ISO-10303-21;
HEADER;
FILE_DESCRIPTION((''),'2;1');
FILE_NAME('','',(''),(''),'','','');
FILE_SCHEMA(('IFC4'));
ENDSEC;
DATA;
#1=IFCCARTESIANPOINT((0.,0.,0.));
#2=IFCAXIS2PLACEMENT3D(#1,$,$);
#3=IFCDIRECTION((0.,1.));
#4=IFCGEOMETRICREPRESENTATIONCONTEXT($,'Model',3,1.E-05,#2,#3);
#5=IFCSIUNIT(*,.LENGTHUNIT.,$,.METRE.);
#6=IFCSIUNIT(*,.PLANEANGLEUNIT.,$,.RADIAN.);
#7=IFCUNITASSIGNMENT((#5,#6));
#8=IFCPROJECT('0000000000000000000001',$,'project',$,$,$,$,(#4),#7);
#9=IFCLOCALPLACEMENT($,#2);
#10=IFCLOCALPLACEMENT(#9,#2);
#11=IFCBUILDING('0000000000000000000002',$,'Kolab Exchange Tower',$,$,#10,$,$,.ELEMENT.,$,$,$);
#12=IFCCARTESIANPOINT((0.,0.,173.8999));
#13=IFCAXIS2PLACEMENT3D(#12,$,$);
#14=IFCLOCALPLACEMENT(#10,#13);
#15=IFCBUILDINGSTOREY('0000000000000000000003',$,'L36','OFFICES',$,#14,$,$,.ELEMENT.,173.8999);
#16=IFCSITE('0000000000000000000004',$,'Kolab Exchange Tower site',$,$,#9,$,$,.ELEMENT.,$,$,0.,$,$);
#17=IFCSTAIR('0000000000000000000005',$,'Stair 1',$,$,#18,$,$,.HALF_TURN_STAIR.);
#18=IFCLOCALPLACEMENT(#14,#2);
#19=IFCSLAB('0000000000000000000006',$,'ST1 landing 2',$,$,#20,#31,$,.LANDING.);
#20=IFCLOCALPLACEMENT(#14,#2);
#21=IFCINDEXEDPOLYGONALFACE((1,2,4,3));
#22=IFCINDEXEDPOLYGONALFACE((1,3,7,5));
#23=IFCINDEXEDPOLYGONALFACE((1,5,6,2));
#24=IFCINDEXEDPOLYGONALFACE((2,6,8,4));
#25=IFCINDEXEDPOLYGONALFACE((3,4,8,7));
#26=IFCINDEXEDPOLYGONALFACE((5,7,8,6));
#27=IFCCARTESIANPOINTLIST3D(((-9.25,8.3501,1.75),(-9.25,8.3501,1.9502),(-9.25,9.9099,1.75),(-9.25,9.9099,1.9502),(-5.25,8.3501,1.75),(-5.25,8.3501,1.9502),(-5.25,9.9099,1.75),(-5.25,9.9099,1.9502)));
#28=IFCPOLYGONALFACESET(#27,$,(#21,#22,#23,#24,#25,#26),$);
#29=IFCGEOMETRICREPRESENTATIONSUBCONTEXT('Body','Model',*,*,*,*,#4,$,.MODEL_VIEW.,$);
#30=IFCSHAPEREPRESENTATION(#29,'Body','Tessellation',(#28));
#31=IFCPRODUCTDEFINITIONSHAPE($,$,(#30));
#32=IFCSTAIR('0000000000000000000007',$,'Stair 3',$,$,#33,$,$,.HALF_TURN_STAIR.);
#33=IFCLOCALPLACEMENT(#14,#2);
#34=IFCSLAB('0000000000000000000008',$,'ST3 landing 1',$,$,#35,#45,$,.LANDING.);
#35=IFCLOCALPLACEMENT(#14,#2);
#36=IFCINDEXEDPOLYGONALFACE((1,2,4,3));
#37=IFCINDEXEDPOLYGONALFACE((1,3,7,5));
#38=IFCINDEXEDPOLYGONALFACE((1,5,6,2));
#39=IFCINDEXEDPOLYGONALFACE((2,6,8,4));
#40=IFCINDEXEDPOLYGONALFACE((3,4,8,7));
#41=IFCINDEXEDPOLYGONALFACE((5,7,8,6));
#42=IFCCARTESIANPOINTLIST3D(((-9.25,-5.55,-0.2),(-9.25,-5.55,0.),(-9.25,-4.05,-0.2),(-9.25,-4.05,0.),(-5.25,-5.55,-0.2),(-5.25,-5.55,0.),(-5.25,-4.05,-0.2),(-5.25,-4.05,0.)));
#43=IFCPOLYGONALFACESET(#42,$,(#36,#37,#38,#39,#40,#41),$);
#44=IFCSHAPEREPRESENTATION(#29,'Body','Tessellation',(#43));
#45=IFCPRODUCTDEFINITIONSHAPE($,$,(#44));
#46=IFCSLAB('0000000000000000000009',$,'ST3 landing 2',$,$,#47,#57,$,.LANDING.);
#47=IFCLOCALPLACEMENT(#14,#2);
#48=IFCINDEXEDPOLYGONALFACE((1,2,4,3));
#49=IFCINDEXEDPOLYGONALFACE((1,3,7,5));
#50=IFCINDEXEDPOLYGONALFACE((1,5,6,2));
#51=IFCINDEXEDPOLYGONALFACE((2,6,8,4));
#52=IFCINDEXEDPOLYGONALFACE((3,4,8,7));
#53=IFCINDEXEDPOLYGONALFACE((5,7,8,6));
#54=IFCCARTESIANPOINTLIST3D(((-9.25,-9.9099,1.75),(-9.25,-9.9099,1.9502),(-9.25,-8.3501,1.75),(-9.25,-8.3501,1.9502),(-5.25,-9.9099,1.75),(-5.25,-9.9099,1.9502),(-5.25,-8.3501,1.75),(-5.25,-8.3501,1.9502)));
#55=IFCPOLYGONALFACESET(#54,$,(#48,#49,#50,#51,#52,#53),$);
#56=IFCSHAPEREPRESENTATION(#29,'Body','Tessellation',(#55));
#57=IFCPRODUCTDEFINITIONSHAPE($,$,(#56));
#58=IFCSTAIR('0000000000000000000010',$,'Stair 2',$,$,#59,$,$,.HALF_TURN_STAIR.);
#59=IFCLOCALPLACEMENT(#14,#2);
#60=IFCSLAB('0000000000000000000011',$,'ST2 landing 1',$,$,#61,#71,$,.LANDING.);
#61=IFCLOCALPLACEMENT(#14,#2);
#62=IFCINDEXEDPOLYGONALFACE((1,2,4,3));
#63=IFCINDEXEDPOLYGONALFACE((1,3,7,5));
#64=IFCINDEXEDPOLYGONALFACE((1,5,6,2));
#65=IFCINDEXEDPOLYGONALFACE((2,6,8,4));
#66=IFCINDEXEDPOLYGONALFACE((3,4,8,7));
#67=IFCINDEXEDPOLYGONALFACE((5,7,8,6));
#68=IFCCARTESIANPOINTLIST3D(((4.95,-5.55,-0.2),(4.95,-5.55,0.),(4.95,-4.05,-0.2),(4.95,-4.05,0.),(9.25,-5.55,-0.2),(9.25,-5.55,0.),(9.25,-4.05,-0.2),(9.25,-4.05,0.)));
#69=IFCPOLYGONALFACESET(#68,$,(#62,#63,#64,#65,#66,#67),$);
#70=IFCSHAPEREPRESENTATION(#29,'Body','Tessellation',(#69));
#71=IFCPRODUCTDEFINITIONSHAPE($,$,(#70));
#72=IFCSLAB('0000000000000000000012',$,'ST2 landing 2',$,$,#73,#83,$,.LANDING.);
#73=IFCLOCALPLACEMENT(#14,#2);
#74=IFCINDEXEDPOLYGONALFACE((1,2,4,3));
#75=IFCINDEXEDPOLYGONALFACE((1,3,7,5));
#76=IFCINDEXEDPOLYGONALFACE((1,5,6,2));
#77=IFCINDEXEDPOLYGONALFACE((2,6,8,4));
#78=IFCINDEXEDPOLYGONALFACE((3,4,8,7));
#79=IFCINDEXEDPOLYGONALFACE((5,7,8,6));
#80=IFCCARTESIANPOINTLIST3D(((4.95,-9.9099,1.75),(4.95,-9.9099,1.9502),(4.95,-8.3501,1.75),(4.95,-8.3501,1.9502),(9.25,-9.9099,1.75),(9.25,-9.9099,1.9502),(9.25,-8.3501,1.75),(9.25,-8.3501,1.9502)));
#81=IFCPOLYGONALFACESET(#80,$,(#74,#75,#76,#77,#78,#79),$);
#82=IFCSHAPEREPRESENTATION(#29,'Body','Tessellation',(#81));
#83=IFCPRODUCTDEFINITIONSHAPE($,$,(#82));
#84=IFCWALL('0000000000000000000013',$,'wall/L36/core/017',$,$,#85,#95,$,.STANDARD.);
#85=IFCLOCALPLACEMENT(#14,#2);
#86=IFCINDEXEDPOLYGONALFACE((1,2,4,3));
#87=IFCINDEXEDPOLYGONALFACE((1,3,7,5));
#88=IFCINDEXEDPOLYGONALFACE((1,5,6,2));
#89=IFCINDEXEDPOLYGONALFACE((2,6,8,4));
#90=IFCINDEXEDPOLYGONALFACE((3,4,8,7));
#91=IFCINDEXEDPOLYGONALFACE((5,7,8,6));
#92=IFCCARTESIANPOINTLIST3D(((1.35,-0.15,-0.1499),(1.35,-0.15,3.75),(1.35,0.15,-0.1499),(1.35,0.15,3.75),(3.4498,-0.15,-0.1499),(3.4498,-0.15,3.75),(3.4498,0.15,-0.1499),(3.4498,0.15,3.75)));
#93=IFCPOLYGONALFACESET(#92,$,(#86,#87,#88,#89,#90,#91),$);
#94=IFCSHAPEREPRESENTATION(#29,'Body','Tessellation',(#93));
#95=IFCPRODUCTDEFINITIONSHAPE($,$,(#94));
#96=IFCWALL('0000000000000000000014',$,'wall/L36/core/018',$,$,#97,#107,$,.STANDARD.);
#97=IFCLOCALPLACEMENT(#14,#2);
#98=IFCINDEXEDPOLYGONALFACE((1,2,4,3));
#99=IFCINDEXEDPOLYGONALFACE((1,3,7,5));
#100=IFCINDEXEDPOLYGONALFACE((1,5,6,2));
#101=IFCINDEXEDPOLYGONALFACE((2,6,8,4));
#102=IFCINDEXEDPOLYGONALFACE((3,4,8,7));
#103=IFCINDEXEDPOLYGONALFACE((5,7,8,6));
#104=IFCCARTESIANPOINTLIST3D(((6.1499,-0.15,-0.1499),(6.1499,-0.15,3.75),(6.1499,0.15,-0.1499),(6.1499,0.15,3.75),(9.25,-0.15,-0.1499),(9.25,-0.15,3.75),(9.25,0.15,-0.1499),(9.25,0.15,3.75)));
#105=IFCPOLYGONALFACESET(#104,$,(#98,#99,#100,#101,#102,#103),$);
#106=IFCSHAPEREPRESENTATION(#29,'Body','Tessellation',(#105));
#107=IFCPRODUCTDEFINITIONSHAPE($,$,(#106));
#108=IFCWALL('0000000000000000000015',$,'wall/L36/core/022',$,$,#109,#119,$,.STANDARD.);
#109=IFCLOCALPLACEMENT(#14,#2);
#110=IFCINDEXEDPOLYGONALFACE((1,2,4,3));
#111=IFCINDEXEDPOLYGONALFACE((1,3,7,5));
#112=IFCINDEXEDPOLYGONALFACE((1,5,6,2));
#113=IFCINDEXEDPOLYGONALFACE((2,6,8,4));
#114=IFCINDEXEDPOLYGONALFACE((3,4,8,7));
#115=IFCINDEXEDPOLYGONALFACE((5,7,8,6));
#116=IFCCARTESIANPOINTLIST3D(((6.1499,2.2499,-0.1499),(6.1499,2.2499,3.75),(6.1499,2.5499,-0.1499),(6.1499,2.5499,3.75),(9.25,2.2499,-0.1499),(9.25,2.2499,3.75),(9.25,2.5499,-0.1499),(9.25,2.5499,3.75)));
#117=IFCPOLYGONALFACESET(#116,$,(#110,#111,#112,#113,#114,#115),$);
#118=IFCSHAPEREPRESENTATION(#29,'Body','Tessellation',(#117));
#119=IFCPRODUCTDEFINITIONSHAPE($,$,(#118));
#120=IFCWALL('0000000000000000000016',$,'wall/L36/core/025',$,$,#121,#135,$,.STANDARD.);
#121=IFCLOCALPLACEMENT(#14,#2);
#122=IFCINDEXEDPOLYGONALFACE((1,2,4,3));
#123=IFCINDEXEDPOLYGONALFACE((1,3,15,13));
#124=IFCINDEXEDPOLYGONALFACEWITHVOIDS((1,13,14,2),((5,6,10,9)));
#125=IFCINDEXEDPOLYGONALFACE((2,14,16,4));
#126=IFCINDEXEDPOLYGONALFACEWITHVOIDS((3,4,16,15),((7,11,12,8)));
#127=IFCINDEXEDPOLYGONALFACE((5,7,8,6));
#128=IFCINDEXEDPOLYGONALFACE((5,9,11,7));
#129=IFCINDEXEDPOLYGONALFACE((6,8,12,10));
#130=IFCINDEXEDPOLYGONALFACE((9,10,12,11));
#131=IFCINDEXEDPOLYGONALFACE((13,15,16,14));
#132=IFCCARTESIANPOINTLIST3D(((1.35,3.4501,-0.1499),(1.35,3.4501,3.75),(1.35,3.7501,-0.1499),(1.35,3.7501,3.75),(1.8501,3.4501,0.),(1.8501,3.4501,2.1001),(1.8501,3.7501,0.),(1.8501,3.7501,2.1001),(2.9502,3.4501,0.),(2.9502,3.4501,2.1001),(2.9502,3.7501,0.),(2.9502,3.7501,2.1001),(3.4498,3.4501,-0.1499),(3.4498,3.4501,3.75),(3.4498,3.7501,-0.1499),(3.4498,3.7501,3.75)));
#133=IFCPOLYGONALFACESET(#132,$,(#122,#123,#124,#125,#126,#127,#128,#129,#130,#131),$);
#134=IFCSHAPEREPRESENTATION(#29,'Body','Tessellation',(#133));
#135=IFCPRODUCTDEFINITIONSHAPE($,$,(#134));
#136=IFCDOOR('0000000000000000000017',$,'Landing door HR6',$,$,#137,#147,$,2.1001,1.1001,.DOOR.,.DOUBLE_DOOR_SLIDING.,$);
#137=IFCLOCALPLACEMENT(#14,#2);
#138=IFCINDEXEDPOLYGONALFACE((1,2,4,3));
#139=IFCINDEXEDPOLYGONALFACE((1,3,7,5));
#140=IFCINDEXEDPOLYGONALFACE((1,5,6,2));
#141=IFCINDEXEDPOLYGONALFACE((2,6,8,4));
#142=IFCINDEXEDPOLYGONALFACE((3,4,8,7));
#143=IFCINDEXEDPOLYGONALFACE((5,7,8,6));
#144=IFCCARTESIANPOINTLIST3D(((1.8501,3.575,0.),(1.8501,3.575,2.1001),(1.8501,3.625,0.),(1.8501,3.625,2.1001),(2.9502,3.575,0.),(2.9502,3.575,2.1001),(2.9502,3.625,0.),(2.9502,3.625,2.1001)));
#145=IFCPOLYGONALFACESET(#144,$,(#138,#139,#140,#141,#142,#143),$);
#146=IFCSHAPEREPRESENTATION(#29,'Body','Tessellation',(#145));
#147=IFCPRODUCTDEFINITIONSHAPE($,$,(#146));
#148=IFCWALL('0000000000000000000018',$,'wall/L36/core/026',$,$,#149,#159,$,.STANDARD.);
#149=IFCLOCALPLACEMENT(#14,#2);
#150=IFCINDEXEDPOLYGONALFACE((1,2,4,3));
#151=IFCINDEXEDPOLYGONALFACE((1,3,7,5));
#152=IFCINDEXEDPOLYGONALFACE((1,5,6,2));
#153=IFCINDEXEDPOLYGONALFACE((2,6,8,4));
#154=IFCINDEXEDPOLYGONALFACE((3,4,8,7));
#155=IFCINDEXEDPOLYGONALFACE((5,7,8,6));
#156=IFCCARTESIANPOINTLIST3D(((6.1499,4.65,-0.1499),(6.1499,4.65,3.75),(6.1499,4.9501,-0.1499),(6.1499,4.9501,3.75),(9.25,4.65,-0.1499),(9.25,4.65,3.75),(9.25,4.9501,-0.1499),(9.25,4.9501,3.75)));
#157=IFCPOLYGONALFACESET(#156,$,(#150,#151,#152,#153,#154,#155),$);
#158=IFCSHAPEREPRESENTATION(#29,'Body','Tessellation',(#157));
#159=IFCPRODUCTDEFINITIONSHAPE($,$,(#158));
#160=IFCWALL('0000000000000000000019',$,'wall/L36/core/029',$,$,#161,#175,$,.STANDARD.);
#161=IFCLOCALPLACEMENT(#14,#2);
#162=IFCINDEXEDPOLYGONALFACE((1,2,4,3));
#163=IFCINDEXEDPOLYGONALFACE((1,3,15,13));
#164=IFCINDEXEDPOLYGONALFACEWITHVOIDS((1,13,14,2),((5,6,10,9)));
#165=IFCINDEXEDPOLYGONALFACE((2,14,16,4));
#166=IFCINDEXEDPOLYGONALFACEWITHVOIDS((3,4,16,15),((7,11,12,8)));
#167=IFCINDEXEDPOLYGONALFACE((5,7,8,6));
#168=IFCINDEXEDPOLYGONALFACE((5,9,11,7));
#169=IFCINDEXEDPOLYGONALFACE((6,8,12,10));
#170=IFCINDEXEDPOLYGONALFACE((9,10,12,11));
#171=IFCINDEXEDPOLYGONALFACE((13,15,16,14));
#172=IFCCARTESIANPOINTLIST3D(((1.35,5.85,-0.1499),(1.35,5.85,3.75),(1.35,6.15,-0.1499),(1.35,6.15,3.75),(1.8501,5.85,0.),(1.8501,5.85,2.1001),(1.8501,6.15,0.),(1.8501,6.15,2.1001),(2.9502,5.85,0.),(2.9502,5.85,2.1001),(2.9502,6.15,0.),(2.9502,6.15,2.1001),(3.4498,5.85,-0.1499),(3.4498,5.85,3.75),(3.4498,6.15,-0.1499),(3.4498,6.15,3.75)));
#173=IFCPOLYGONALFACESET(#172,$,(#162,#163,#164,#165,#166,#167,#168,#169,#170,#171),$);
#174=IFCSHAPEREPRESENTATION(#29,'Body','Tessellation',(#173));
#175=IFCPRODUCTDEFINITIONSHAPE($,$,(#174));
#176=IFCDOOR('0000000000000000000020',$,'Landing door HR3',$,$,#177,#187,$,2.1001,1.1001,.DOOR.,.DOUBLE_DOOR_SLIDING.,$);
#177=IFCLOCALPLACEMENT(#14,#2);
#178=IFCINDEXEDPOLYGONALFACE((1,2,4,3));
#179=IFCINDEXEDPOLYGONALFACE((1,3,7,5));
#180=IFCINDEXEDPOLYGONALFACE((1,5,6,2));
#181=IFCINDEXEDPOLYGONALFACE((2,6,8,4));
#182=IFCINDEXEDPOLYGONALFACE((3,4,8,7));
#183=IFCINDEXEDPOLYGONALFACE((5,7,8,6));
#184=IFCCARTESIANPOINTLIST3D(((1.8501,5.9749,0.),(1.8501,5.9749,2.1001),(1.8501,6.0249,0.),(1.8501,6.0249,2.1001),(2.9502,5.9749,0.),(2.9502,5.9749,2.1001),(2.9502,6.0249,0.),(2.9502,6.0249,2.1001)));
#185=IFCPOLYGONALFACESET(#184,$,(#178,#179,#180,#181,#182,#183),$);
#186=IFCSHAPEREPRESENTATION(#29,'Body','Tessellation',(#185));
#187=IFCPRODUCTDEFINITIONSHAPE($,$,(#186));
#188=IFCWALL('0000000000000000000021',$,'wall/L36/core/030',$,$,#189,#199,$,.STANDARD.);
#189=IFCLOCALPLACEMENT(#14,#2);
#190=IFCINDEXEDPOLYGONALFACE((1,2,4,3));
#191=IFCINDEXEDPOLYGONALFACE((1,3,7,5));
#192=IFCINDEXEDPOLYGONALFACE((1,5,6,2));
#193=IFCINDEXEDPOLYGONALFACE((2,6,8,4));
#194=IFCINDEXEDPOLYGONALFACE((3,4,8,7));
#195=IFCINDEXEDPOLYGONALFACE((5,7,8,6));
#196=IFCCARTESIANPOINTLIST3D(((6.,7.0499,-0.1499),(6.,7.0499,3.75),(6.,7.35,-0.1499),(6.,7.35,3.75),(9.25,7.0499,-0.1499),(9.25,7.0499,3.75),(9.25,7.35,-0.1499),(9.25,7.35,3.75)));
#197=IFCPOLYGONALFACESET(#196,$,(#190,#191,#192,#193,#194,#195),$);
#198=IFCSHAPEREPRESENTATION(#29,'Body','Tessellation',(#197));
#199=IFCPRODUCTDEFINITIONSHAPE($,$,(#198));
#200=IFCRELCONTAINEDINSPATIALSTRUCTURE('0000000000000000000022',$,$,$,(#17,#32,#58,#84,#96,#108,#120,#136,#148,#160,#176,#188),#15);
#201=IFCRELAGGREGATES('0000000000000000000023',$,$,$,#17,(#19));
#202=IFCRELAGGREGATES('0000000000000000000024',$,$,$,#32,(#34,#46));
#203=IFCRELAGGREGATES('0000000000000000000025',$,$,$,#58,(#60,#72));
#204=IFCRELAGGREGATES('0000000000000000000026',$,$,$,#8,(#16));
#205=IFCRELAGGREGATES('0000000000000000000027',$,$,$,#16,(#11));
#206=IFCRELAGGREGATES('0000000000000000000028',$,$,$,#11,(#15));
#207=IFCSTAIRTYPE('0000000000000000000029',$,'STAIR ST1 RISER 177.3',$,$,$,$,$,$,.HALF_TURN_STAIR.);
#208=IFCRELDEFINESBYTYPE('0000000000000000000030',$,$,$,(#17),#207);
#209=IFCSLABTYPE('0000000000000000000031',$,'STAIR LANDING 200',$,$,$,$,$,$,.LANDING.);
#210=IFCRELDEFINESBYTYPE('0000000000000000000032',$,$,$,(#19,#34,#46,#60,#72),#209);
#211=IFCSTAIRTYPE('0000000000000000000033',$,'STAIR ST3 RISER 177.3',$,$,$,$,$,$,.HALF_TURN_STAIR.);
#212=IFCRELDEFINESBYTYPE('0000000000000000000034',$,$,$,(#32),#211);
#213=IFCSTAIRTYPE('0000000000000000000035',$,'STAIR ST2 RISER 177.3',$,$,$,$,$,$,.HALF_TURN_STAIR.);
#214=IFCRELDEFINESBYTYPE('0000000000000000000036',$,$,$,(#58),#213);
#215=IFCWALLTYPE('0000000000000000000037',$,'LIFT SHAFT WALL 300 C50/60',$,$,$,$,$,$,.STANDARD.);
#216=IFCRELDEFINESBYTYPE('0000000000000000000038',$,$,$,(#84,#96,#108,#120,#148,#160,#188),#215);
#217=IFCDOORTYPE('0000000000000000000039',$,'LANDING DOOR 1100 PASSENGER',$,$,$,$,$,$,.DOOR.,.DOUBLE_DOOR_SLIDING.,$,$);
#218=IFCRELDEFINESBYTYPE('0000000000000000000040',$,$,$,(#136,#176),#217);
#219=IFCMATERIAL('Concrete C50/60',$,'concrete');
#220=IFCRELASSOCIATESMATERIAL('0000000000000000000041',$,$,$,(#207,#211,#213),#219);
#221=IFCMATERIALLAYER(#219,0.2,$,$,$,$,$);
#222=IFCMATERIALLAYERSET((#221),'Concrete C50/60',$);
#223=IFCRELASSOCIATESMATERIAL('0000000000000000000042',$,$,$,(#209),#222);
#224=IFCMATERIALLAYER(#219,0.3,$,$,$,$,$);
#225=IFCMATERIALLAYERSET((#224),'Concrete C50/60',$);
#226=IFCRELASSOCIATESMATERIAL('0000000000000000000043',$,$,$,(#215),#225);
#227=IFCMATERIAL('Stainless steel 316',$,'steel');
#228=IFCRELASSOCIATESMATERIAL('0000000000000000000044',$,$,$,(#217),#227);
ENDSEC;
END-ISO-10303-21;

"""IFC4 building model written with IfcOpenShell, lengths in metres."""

from ifc_helpers import new_model, si_unit, direction, frame, frame_2d, origin, place, context, subcontext, project, spatial, polyline, rectangle, outline, extrude, material, layer, layer_set, type_object, element, fill, aggregate, save


model = new_model("IFC4")

# Units and contexts
model_context = context("Model", 3, precision=1e-05, world=origin(), true_north=direction((0.0, 1.0)))
body_context = subcontext(model_context, "Body", "Model", "MODEL_VIEW")
ifc_project = project(units=[si_unit("LENGTHUNIT", "METRE"), si_unit("PLANEANGLEUNIT", "RADIAN")], contexts=[model_context])

# Site, building, storey
site_placement = place(None, origin())
site = spatial("IfcSite", under=ifc_project, at=site_placement, Name="Kolab Exchange Tower site", CompositionType="ELEMENT", RefElevation=0.0)
building_placement = place(site_placement, origin())
building = spatial("IfcBuilding", under=site, at=building_placement, Name="Kolab Exchange Tower", CompositionType="ELEMENT")
storey_placement = place(building_placement, frame((0.0, 0.0, 173.8999)))
storey = spatial("IfcBuildingStorey", under=building, at=storey_placement, Name="L36", Description="OFFICES", CompositionType="ELEMENT", Elevation=173.8999)

# Stairs, slabs
ifc_material_1 = material(Name="Concrete C50/60", Category="concrete")
stair_type_1 = type_object("IfcStairType", Name="STAIR ST1 RISER 177.3", PredefinedType="HALF_TURN_STAIR", material=ifc_material_1)
stair_1_placement = place(storey_placement, origin())
stair_1 = element("IfcStair", 1, at=stair_1_placement, inside=storey, type_object=stair_type_1, Name="Stair 1", PredefinedType="HALF_TURN_STAIR")
ifc_layer_1 = layer(ifc_material_1, 0.2)
ifc_layer_set_1 = layer_set([ifc_layer_1], Name="Concrete C50/60")
slab_type_1 = type_object("IfcSlabType", Name="STAIR LANDING 200", PredefinedType="LANDING", material=ifc_layer_set_1)
slab_1_placement = place(storey_placement, frame((0.0, 0.0, 1.75)))
slab_1 = element("IfcSlab", 2, at=slab_1_placement, type_object=slab_type_1, Name="ST1 landing 2", PredefinedType="LANDING", context=body_context, shape_type="SweptSolid", body=[
    extrude(outline(polyline([(-9.25, 8.3501), (-5.25, 8.3501), (-5.25, 9.9099), (-9.25, 9.9099), (-9.25, 8.3501)])), origin(), (0.0, 0.0, 1.0), 0.2002),
])
aggregate(stair_1, [slab_1])
stair_type_2 = type_object("IfcStairType", Name="STAIR ST3 RISER 177.3", PredefinedType="HALF_TURN_STAIR", material=ifc_material_1)
stair_2_placement = place(storey_placement, origin())
stair_2 = element("IfcStair", 3, at=stair_2_placement, inside=storey, type_object=stair_type_2, Name="Stair 3", PredefinedType="HALF_TURN_STAIR")
slab_2_placement = place(storey_placement, frame((0.0, 0.0, -0.2)))
slab_2 = element("IfcSlab", 4, at=slab_2_placement, type_object=slab_type_1, Name="ST3 landing 1", PredefinedType="LANDING", context=body_context, shape_type="SweptSolid", body=[
    extrude(outline(polyline([(-9.25, -5.55), (-5.25, -5.55), (-5.25, -4.05), (-9.25, -4.05), (-9.25, -5.55)])), origin(), (0.0, 0.0, 1.0), 0.2),
])
slab_3_placement = place(storey_placement, frame((0.0, 0.0, 1.75)))
slab_3 = element("IfcSlab", 5, at=slab_3_placement, type_object=slab_type_1, Name="ST3 landing 2", PredefinedType="LANDING", context=body_context, shape_type="SweptSolid", body=[
    extrude(outline(polyline([(-9.25, -9.9099), (-5.25, -9.9099), (-5.25, -8.3501), (-9.25, -8.3501), (-9.25, -9.9099)])), origin(), (0.0, 0.0, 1.0), 0.2002),
])
aggregate(stair_2, [slab_2, slab_3])
stair_type_3 = type_object("IfcStairType", Name="STAIR ST2 RISER 177.3", PredefinedType="HALF_TURN_STAIR", material=ifc_material_1)
stair_3_placement = place(storey_placement, origin())
stair_3 = element("IfcStair", 6, at=stair_3_placement, inside=storey, type_object=stair_type_3, Name="Stair 2", PredefinedType="HALF_TURN_STAIR")
slab_4_placement = place(storey_placement, frame((0.0, 0.0, -0.2)))
slab_4 = element("IfcSlab", 7, at=slab_4_placement, type_object=slab_type_1, Name="ST2 landing 1", PredefinedType="LANDING", context=body_context, shape_type="SweptSolid", body=[
    extrude(outline(polyline([(4.95, -5.55), (9.25, -5.55), (9.25, -4.05), (4.95, -4.05), (4.95, -5.55)])), origin(), (0.0, 0.0, 1.0), 0.2),
])
slab_5_placement = place(storey_placement, frame((0.0, 0.0, 1.75)))
slab_5 = element("IfcSlab", 8, at=slab_5_placement, type_object=slab_type_1, Name="ST2 landing 2", PredefinedType="LANDING", context=body_context, shape_type="SweptSolid", body=[
    extrude(outline(polyline([(4.95, -9.9099), (9.25, -9.9099), (9.25, -8.3501), (4.95, -8.3501), (4.95, -9.9099)])), origin(), (0.0, 0.0, 1.0), 0.2002),
])
aggregate(stair_3, [slab_4, slab_5])

# Walls
ifc_layer_2 = layer(ifc_material_1, 0.3)
ifc_layer_set_2 = layer_set([ifc_layer_2], Name="Concrete C50/60")
wall_type_1 = type_object("IfcWallType", Name="LIFT SHAFT WALL 300 C50/60", PredefinedType="STANDARD", material=ifc_layer_set_2)
wall_1_placement = place(storey_placement, frame((1.3501, 0.0, -0.1499), z_axis=(0.0, 0.0, 1.0), x_axis=(1.0, 0.0, 0.0)))
element("IfcWall", 9, at=wall_1_placement, inside=storey, type_object=wall_type_1, Name="wall/L36/core/017", PredefinedType="STANDARD", context=body_context, shape_type="SweptSolid", body=[
    extrude(rectangle(XDim=2.0999, YDim=0.3, at=frame_2d((1.0498, 0.0))), origin(), (0.0, 0.0, 1.0), 3.8999),
])
for number, where, z_axis, x_axis, name in (
    (10, (6.1499, 0.0, -0.1499), (0.0, 0.0, 1.0), (1.0, 0.0, 0.0), "wall/L36/core/018"),
    (11, (6.1499, 2.3999, -0.1499), (0.0, 0.0, 1.0), (1.0, 0.0, 0.0), "wall/L36/core/022"),
):
    element("IfcWall", number, at=place(storey_placement, frame(where, z_axis=z_axis, x_axis=x_axis)), inside=storey, type_object=wall_type_1, Name=name, PredefinedType="STANDARD", context=body_context, shape_type="SweptSolid", body=[
        extrude(rectangle(XDim=3.1001, YDim=0.3, at=frame_2d((1.55, 0.0))), origin(), (0.0, 0.0, 1.0), 3.8999),
    ])

# Wall, opening, door
wall_2_placement = place(storey_placement, frame((1.3501, 3.6001, -0.1499), z_axis=(0.0, 0.0, 1.0), x_axis=(1.0, 0.0, 0.0)))
wall_2 = element("IfcWall", 12, at=wall_2_placement, inside=storey, type_object=wall_type_1, Name="wall/L36/core/025", PredefinedType="STANDARD", context=body_context, shape_type="SweptSolid", body=[
    extrude(rectangle(XDim=2.0999, YDim=0.3, at=frame_2d((1.0498, 0.0))), origin(), (0.0, 0.0, 1.0), 3.8999),
])
opening_1_placement = place(wall_2_placement, frame((0.5, 0.0, 0.1499)))
opening_1 = element("IfcOpeningElement", 13, at=opening_1_placement, cuts=wall_2, PredefinedType="OPENING", context=body_context, shape_type="SweptSolid", body=[
    extrude(rectangle(XDim=1.1001, YDim=2.1001, at=frame_2d((0.55, 1.05))), frame((0.0, 0.1602, 0.0), z_axis=(0.0, -1.0, 0.0), x_axis=(1.0, 0.0, 0.0)), (0.0, 0.0, 1.0), 0.3201),
])
ifc_material_2 = material(Name="Stainless steel 316", Category="steel")
door_type_1 = type_object("IfcDoorType", Name="LANDING DOOR 1100 PASSENGER", OperationType="DOUBLE_DOOR_SLIDING", PredefinedType="DOOR", material=ifc_material_2)
door_1_placement = place(opening_1_placement, origin())
door_1 = element("IfcDoor", 14, at=door_1_placement, inside=storey, type_object=door_type_1, Name="Landing door HR6", OperationType="DOUBLE_DOOR_SLIDING", OverallHeight=2.1001, OverallWidth=1.1001, PredefinedType="DOOR", context=body_context, shape_type="SweptSolid", body=[
    extrude(rectangle(XDim=1.1001, YDim=2.1001, at=frame_2d((0.55, 1.05))), frame((0.0, 0.0249, 0.0), z_axis=(0.0, -1.0, 0.0), x_axis=(1.0, 0.0, 0.0)), (0.0, 0.0, 1.0), 0.05),
])
fill(opening_1, door_1)

# Wall
wall_3_placement = place(storey_placement, frame((6.1499, 4.8, -0.1499), z_axis=(0.0, 0.0, 1.0), x_axis=(1.0, 0.0, 0.0)))
element("IfcWall", 15, at=wall_3_placement, inside=storey, type_object=wall_type_1, Name="wall/L36/core/026", PredefinedType="STANDARD", context=body_context, shape_type="SweptSolid", body=[
    extrude(rectangle(XDim=3.1001, YDim=0.3, at=frame_2d((1.55, 0.0))), origin(), (0.0, 0.0, 1.0), 3.8999),
])

# Wall, opening, door
wall_4_placement = place(storey_placement, frame((1.3501, 6.0, -0.1499), z_axis=(0.0, 0.0, 1.0), x_axis=(1.0, 0.0, 0.0)))
wall_4 = element("IfcWall", 16, at=wall_4_placement, inside=storey, type_object=wall_type_1, Name="wall/L36/core/029", PredefinedType="STANDARD", context=body_context, shape_type="SweptSolid", body=[
    extrude(rectangle(XDim=2.0999, YDim=0.3, at=frame_2d((1.0498, 0.0))), origin(), (0.0, 0.0, 1.0), 3.8999),
])
opening_2_placement = place(wall_4_placement, frame((0.5, 0.0, 0.1499)))
opening_2 = element("IfcOpeningElement", 17, at=opening_2_placement, cuts=wall_4, PredefinedType="OPENING", context=body_context, shape_type="SweptSolid", body=[
    extrude(rectangle(XDim=1.1001, YDim=2.1001, at=frame_2d((0.55, 1.05))), frame((0.0, 0.1602, 0.0), z_axis=(0.0, -1.0, 0.0), x_axis=(1.0, 0.0, 0.0)), (0.0, 0.0, 1.0), 0.3201),
])
door_2_placement = place(opening_2_placement, origin())
door_2 = element("IfcDoor", 18, at=door_2_placement, inside=storey, type_object=door_type_1, Name="Landing door HR3", OperationType="DOUBLE_DOOR_SLIDING", OverallHeight=2.1001, OverallWidth=1.1001, PredefinedType="DOOR", context=body_context, shape_type="SweptSolid", body=[
    extrude(rectangle(XDim=1.1001, YDim=2.1001, at=frame_2d((0.55, 1.05))), frame((0.0, 0.0249, 0.0), z_axis=(0.0, -1.0, 0.0), x_axis=(1.0, 0.0, 0.0)), (0.0, 0.0, 1.0), 0.05),
])
fill(opening_2, door_2)

# Wall
wall_5_placement = place(storey_placement, frame((6.0, 7.2, -0.1499), z_axis=(0.0, 0.0, 1.0), x_axis=(1.0, 0.0, 0.0)))
element("IfcWall", 19, at=wall_5_placement, inside=storey, type_object=wall_type_1, Name="wall/L36/core/030", PredefinedType="STANDARD", context=body_context, shape_type="SweptSolid", body=[
    extrude(rectangle(XDim=3.25, YDim=0.3, at=frame_2d((1.625, 0.0))), origin(), (0.0, 0.0, 1.0), 3.8999),
])

save(model, "model.ifc")
